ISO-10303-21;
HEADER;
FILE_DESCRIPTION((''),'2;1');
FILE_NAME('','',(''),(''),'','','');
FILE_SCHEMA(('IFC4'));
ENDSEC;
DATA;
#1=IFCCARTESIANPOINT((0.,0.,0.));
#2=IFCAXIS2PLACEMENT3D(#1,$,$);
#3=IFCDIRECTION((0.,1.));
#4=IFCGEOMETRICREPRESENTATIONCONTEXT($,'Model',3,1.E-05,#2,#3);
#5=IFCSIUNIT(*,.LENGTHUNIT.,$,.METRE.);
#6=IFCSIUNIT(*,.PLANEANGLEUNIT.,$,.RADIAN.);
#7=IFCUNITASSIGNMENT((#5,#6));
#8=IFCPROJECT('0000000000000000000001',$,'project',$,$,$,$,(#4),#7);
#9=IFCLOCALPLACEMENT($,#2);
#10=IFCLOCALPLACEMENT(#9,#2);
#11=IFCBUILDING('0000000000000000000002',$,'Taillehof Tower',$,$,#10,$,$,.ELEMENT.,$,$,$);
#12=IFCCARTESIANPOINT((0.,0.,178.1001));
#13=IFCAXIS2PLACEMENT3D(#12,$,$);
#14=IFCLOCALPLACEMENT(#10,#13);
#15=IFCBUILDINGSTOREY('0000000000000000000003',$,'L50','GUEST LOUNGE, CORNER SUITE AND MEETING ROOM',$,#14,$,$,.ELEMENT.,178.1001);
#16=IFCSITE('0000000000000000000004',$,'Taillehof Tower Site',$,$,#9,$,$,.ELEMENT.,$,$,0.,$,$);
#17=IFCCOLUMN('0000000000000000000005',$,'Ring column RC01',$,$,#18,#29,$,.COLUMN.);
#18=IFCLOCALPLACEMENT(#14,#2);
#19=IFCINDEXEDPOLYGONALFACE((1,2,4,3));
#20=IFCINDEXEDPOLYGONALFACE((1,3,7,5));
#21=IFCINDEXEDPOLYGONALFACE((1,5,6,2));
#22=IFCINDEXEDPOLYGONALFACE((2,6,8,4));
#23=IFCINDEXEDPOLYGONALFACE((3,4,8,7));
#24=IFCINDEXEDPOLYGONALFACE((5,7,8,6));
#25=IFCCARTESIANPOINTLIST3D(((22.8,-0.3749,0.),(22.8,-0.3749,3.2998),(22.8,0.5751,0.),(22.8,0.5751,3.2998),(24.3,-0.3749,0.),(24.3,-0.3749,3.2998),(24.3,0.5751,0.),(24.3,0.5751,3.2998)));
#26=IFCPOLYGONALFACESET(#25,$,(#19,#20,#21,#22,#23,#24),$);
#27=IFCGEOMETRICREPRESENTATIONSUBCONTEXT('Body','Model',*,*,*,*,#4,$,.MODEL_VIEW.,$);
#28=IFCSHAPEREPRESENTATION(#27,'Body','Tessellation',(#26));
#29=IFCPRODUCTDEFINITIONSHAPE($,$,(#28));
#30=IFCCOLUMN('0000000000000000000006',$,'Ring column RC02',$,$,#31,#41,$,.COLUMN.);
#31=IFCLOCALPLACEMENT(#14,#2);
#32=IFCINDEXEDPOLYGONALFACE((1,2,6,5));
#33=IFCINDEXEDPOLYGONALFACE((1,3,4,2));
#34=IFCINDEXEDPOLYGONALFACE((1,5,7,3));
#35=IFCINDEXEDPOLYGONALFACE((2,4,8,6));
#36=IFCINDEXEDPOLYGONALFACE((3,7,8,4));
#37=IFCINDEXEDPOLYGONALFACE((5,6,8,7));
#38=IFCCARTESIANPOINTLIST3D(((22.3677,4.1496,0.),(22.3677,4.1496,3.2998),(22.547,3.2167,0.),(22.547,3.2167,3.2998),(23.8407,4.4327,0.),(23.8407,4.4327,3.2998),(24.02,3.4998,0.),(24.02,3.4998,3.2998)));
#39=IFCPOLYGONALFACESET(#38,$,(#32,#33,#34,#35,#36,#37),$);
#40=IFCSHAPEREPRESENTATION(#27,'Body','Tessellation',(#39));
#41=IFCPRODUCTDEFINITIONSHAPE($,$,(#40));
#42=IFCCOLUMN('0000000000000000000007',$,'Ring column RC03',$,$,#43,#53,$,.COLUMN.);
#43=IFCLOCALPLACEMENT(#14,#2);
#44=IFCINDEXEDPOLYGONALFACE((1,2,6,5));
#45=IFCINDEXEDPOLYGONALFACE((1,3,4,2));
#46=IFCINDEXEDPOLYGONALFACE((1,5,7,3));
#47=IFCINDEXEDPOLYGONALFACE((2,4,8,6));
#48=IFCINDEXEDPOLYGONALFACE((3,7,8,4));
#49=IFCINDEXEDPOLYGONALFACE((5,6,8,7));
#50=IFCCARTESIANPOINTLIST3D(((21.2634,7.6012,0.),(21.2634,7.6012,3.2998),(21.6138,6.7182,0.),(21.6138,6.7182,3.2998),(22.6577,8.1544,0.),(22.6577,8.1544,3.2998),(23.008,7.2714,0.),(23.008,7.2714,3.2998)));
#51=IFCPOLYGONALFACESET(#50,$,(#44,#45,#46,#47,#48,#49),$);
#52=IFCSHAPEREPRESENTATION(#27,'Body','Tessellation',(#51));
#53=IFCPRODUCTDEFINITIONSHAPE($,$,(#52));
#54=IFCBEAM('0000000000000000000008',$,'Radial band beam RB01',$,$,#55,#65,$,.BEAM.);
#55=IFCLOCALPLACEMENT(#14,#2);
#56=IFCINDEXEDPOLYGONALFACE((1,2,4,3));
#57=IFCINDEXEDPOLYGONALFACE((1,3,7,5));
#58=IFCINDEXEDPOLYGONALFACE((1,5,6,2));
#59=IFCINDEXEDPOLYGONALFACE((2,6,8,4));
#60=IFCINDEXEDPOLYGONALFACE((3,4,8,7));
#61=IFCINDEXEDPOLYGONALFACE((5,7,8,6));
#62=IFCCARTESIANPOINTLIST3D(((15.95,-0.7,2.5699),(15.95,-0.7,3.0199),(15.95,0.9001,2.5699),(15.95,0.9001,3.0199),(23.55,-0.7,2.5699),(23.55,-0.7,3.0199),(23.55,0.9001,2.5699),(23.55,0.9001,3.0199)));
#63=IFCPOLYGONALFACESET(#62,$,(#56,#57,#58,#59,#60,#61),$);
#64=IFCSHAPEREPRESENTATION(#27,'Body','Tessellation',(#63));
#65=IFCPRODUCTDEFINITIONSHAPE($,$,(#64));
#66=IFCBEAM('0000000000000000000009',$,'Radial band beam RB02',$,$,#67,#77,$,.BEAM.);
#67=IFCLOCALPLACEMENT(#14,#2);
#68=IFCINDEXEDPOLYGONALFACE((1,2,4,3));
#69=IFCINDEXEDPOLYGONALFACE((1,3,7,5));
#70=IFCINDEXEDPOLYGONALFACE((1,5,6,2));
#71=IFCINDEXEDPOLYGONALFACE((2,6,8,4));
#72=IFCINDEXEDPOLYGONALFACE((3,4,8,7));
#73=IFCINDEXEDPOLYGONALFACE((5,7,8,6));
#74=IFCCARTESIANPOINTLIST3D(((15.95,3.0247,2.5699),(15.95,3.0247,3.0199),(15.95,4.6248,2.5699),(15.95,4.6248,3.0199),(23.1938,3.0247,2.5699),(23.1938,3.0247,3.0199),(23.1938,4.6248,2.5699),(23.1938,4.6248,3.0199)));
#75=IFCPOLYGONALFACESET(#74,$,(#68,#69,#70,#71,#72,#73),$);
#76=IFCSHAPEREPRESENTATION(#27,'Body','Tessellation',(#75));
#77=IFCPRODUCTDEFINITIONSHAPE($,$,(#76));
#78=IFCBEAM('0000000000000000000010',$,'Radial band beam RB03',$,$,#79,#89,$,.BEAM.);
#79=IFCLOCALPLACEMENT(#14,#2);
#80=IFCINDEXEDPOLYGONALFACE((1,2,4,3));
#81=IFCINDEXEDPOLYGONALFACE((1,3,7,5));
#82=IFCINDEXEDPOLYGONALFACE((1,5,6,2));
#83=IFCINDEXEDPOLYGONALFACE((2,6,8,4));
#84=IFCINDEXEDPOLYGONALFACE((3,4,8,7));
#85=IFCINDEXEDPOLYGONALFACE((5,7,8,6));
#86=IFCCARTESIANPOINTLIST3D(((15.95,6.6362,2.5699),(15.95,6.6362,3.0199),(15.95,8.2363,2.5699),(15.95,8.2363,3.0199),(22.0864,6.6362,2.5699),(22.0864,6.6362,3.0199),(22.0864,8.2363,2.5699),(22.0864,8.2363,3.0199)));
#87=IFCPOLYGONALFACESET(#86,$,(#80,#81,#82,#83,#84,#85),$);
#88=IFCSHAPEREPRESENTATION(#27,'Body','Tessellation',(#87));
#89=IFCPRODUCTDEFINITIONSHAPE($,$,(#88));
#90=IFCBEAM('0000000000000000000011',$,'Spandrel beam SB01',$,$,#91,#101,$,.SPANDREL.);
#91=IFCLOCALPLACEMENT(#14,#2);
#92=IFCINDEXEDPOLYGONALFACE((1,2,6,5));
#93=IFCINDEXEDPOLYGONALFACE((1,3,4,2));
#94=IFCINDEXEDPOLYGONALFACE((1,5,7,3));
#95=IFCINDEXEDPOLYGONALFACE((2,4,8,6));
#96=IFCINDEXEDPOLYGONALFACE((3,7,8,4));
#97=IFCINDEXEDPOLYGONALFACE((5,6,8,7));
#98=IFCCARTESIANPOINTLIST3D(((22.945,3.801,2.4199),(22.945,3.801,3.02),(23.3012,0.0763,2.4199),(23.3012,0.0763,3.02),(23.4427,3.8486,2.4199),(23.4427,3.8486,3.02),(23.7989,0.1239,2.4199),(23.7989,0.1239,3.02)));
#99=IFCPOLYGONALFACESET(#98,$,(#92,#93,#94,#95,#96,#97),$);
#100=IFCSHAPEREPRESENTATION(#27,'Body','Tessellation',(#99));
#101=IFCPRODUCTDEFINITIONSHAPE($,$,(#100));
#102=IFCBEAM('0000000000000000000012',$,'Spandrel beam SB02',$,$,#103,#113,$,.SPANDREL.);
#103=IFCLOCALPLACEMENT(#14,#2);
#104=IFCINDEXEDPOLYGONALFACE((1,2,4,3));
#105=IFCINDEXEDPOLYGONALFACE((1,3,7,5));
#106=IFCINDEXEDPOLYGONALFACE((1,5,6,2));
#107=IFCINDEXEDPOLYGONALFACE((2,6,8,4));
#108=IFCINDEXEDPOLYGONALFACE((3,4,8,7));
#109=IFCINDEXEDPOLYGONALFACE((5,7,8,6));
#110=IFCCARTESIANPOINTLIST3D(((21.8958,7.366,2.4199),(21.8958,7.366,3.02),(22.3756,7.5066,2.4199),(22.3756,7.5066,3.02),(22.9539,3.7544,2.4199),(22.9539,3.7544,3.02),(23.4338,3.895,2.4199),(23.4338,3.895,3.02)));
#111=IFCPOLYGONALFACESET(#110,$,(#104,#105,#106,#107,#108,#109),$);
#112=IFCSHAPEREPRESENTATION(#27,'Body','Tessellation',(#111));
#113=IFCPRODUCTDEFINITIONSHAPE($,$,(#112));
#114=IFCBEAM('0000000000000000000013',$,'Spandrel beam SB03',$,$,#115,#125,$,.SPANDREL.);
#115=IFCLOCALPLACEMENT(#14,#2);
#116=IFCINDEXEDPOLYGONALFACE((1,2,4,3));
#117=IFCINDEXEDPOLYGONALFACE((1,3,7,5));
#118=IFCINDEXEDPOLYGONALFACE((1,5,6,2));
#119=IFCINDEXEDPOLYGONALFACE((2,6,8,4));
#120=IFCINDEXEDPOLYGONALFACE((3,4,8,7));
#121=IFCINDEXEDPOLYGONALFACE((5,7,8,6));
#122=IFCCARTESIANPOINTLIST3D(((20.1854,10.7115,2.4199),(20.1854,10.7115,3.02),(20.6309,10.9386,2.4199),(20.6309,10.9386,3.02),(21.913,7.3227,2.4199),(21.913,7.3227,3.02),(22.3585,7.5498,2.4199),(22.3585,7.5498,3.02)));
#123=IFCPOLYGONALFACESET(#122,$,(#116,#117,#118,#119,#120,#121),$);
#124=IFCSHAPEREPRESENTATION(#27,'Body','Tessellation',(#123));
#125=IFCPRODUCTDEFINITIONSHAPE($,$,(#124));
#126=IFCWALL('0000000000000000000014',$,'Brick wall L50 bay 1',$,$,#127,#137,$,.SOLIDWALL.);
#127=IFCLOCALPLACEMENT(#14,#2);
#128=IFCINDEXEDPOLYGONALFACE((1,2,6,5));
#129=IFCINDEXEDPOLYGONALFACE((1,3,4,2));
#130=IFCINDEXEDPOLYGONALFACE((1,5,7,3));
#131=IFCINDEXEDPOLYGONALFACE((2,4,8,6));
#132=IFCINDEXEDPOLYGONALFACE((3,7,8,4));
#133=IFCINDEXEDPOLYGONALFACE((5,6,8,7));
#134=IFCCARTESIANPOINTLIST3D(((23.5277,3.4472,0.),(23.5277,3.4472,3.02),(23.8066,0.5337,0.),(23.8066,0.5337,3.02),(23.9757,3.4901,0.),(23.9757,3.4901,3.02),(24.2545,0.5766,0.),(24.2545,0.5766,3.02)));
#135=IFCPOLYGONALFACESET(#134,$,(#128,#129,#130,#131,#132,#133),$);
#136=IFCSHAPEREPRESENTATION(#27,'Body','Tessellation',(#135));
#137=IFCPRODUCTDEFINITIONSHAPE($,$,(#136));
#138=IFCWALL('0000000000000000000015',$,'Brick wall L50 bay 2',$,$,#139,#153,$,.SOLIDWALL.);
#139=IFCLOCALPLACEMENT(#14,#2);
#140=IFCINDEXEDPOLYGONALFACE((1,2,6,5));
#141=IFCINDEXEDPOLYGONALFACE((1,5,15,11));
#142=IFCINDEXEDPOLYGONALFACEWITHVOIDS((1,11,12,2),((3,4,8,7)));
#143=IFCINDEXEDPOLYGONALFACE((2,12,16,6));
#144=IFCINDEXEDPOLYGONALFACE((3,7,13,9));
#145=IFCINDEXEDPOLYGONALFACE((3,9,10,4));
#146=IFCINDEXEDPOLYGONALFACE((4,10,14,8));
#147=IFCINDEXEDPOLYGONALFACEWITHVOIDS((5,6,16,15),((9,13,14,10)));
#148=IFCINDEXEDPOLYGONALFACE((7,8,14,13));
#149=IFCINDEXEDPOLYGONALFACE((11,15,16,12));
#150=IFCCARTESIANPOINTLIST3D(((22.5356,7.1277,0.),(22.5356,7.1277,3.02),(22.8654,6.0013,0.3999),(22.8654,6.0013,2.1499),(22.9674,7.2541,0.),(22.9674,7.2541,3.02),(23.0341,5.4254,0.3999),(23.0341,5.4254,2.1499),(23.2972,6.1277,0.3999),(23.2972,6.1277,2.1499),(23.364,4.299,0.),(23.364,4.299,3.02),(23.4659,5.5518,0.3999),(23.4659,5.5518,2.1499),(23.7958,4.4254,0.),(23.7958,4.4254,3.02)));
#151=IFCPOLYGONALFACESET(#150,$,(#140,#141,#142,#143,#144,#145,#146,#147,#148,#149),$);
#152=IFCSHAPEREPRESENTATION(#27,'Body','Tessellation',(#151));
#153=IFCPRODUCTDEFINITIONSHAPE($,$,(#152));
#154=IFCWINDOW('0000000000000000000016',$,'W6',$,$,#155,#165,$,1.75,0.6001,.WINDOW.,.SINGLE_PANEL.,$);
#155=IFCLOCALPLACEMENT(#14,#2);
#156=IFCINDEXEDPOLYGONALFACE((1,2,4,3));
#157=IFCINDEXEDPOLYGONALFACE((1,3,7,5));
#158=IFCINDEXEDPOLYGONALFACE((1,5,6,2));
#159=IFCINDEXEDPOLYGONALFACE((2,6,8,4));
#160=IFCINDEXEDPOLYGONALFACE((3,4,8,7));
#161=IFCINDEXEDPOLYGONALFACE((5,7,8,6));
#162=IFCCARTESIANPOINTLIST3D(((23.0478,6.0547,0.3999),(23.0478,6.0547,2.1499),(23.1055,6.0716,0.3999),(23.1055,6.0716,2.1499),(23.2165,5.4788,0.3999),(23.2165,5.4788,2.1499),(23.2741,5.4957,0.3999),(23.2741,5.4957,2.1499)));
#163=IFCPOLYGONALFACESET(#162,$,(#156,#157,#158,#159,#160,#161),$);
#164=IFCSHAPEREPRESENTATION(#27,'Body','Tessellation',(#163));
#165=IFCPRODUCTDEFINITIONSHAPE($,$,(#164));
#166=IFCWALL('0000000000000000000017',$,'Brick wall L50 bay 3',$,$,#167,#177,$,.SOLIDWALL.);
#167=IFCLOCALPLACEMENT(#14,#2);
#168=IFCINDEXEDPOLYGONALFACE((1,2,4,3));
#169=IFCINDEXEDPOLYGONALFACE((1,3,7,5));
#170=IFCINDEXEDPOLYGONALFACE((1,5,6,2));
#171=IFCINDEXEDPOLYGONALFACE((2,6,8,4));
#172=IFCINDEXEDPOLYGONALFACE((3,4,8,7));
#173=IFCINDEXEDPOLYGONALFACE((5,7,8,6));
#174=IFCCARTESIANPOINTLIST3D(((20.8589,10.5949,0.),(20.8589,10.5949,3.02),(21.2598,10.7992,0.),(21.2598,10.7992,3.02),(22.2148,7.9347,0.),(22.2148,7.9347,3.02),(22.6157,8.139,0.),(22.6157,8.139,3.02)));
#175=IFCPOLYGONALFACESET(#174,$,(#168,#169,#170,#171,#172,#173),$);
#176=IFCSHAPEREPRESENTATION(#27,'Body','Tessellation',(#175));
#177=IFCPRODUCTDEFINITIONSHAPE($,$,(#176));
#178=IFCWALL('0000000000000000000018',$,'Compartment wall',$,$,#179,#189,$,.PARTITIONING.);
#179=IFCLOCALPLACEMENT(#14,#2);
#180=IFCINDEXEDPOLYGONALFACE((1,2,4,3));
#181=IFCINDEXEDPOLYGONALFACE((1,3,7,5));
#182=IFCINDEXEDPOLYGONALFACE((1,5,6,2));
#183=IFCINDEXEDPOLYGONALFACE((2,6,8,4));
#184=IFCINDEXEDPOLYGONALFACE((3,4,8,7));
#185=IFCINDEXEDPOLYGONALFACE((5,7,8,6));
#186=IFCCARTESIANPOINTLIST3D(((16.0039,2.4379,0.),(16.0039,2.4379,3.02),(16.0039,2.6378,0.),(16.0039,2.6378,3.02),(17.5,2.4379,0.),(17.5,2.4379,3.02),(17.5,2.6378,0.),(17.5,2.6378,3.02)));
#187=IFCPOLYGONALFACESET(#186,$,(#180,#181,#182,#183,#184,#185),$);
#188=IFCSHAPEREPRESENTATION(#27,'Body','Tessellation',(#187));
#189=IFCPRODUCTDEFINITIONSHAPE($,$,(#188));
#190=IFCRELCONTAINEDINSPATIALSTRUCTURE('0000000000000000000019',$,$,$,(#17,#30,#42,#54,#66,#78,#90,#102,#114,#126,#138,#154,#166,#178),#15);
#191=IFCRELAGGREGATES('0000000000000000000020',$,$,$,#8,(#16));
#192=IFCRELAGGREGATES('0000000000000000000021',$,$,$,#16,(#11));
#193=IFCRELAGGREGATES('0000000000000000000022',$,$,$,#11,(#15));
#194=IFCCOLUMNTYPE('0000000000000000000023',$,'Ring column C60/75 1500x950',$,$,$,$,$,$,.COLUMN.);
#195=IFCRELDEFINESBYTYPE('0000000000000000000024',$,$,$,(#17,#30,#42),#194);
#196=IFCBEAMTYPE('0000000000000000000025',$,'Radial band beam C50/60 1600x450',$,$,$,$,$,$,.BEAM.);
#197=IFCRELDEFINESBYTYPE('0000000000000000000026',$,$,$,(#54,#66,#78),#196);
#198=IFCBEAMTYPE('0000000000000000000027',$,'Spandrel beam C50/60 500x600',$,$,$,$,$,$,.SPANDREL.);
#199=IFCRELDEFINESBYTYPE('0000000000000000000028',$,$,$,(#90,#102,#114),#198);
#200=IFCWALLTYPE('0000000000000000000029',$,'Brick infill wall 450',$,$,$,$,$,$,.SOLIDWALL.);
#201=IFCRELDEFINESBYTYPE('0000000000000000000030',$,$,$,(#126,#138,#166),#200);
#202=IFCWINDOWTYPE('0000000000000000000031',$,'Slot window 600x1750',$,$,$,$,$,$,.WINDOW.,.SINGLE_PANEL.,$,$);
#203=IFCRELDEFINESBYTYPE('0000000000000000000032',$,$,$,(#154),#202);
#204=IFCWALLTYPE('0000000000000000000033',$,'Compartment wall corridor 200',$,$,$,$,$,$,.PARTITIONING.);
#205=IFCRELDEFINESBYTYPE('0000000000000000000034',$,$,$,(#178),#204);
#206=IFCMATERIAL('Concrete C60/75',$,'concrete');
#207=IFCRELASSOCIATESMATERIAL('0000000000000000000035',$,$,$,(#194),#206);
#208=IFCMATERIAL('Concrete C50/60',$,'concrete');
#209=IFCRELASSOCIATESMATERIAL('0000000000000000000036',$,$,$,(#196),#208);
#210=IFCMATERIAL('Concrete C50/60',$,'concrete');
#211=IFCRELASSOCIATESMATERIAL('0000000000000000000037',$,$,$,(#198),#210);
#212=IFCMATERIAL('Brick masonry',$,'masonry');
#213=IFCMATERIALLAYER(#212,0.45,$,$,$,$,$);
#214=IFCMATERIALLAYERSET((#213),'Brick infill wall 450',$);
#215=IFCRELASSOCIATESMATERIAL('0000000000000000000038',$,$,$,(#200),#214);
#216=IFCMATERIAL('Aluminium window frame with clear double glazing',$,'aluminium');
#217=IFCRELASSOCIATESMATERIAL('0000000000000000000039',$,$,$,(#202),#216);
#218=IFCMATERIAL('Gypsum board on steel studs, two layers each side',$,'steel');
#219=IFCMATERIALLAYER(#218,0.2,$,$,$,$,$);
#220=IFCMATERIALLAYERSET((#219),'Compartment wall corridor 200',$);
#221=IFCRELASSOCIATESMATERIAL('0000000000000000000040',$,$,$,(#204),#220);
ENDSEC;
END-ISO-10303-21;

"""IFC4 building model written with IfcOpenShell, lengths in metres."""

from ifc_helpers import new_model, si_unit, direction, frame, frame_2d, origin, origin_2d, place, context, subcontext, project, spatial, rectangle, extrude, material, layer, layer_set, material_profile, profile_set, type_object, element, fill, save


model = new_model("IFC4")

# Units and contexts
model_context = context("Model", 3, precision=1e-05, world=origin(), true_north=direction((0.0, 1.0)))
body_context = subcontext(model_context, "Body", "Model", "MODEL_VIEW")
ifc_project = project(units=[si_unit("LENGTHUNIT", "METRE"), si_unit("PLANEANGLEUNIT", "RADIAN")], contexts=[model_context])

# Site, building, storey
site_placement = place(None, origin())
site = spatial("IfcSite", under=ifc_project, at=site_placement, Name="Taillehof Tower Site", CompositionType="ELEMENT", RefElevation=0.0)
building_placement = place(site_placement, origin())
building = spatial("IfcBuilding", under=site, at=building_placement, Name="Taillehof Tower", CompositionType="ELEMENT")
storey_placement = place(building_placement, frame((0.0, 0.0, 178.1001)))
storey = spatial("IfcBuildingStorey", under=building, at=storey_placement, Name="L50", Description="GUEST LOUNGE, CORNER SUITE AND MEETING ROOM", CompositionType="ELEMENT", Elevation=178.1001)

# Columns
ifc_material_1 = material(Name="Concrete C60/75", Category="concrete")
ifc_material_profile_1 = material_profile(ifc_material_1, rectangle(XDim=1.5, YDim=0.95, at=origin_2d()), Name="RC 1500x950")
ifc_profile_set_1 = profile_set([ifc_material_profile_1], Name="Concrete C60/75")
column_type = type_object("IfcColumnType", Name="Ring column C60/75 1500x950", PredefinedType="COLUMN", material=ifc_profile_set_1)
for number, where, z_axis, x_axis, name in (
    (1, (23.55, 0.1001, 0.0), (0.0, 0.0, 1.0), (1.0, 0.0, 0.0), "Ring column RC01"),
    (2, (23.1938, 3.8247, 0.0), (0.0, 0.0, 1.0), (0.982024, 0.188757, 0.0), "Ring column RC02"),
    (3, (22.1357, 7.4363, 0.0), (0.0, 0.0, 1.0), (0.929511, 0.368793, 0.0), "Ring column RC03"),
):
    element("IfcColumn", number, at=place(storey_placement, frame(where, z_axis=z_axis, x_axis=x_axis)), inside=storey, type_object=column_type, Name=name, PredefinedType="COLUMN", context=body_context, shape_type="SweptSolid", body=[
        extrude(rectangle(XDim=1.5, YDim=0.95, at=origin_2d()), origin(), (0.0, 0.0, 1.0), 3.2998),
    ])

# Beams
ifc_material_2 = material(Name="Concrete C50/60", Category="concrete")
ifc_material_profile_2 = material_profile(ifc_material_2, rectangle(XDim=1.6001, YDim=0.45, at=origin_2d()), Name="RC 1600x450")
ifc_profile_set_2 = profile_set([ifc_material_profile_2], Name="Concrete C50/60")
beam_type_1 = type_object("IfcBeamType", Name="Radial band beam C50/60 1600x450", PredefinedType="BEAM", material=ifc_profile_set_2)
beam_1_placement = place(storey_placement, frame((23.55, 0.1001, 2.7949), z_axis=(-1.0, 0.0, 0.0), x_axis=(0.0, -1.0, 0.0)))
element("IfcBeam", 4, at=beam_1_placement, inside=storey, type_object=beam_type_1, Name="Radial band beam RB01", PredefinedType="BEAM", context=body_context, shape_type="SweptSolid", body=[
    extrude(rectangle(XDim=1.6001, YDim=0.45, at=origin_2d()), origin(), (0.0, 0.0, 1.0), 7.6001),
])
beam_2_placement = place(storey_placement, frame((23.1938, 3.8247, 2.7949), z_axis=(-1.0, 0.0, 0.0), x_axis=(0.0, -1.0, 0.0)))
element("IfcBeam", 5, at=beam_2_placement, inside=storey, type_object=beam_type_1, Name="Radial band beam RB02", PredefinedType="BEAM", context=body_context, shape_type="SweptSolid", body=[
    extrude(rectangle(XDim=1.6001, YDim=0.45, at=origin_2d()), origin(), (0.0, 0.0, 1.0), 7.2439),
])
beam_3_placement = place(storey_placement, frame((22.0864, 7.4363, 2.7949), z_axis=(-1.0, 0.0, 0.0), x_axis=(0.0, -1.0, 0.0)))
element("IfcBeam", 6, at=beam_3_placement, inside=storey, type_object=beam_type_1, Name="Radial band beam RB03", PredefinedType="BEAM", context=body_context, shape_type="SweptSolid", body=[
    extrude(rectangle(XDim=1.6001, YDim=0.45, at=origin_2d()), origin(), (0.0, 0.0, 1.0), 6.1365),
])
ifc_material_3 = material(Name="Concrete C50/60", Category="concrete")
ifc_material_profile_3 = material_profile(ifc_material_3, rectangle(XDim=0.5, YDim=0.6001, at=origin_2d()), Name="RC 500x600")
ifc_profile_set_3 = profile_set([ifc_material_profile_3], Name="Concrete C50/60")
beam_type_2 = type_object("IfcBeamType", Name="Spandrel beam C50/60 500x600", PredefinedType="SPANDREL", material=ifc_profile_set_3)
beam_4_placement = place(storey_placement, frame((23.55, 0.1001, 2.72), z_axis=(-0.0952, 0.995458, 0.0), x_axis=(-0.995458, -0.0952, 0.0)))
element("IfcBeam", 7, at=beam_4_placement, inside=storey, type_object=beam_type_2, Name="Spandrel beam SB01", PredefinedType="SPANDREL", context=body_context, shape_type="SweptSolid", body=[
    extrude(rectangle(XDim=0.5, YDim=0.6001, at=origin_2d()), origin(), (0.0, 0.0, 1.0), 3.7417),
])
beam_5_placement = place(storey_placement, frame((23.1938, 3.8247, 2.72), z_axis=(-0.281158, 0.959661, 0.0), x_axis=(-0.959661, -0.281158, 0.0)))
element("IfcBeam", 8, at=beam_5_placement, inside=storey, type_object=beam_type_2, Name="Spandrel beam SB02", PredefinedType="SPANDREL", context=body_context, shape_type="SweptSolid", body=[
    extrude(rectangle(XDim=0.5, YDim=0.6001, at=origin_2d()), origin(), (0.0, 0.0, 1.0), 3.7634),
])
beam_6_placement = place(storey_placement, frame((22.1357, 7.4363, 2.72), z_axis=(-0.454183, 0.890908, 0.0), x_axis=(-0.890908, -0.454183, 0.0)))
element("IfcBeam", 9, at=beam_6_placement, inside=storey, type_object=beam_type_2, Name="Spandrel beam SB03", PredefinedType="SPANDREL", context=body_context, shape_type="SweptSolid", body=[
    extrude(rectangle(XDim=0.5, YDim=0.6001, at=origin_2d()), origin(), (0.0, 0.0, 1.0), 3.8037),
])

# Wall
ifc_material_4 = material(Name="Brick masonry", Category="masonry")
ifc_layer_1 = layer(ifc_material_4, 0.45)
ifc_layer_set_1 = layer_set([ifc_layer_1], Name="Brick infill wall 450")
wall_type_1 = type_object("IfcWallType", Name="Brick infill wall 450", PredefinedType="SOLIDWALL", material=ifc_layer_set_1)
wall_1_placement = place(storey_placement, frame((24.0305, 0.5552, 0.0), z_axis=(0.0, 0.0, 1.0), x_axis=(-0.095266, 0.995452, 0.0)))
element("IfcWall", 10, at=wall_1_placement, inside=storey, type_object=wall_type_1, Name="Brick wall L50 bay 1", PredefinedType="SOLIDWALL", context=body_context, shape_type="SweptSolid", body=[
    extrude(rectangle(XDim=2.9268, YDim=0.45, at=frame_2d((1.4634, 0.0))), origin(), (0.0, 0.0, 1.0), 3.02),
])

# Wall, opening, window
wall_2_placement = place(storey_placement, frame((23.5798, 4.3623, 0.0), z_axis=(0.0, 0.0, 1.0), x_axis=(-0.281049, 0.959693, 0.0)))
wall_2 = element("IfcWall", 11, at=wall_2_placement, inside=storey, type_object=wall_type_1, Name="Brick wall L50 bay 2", PredefinedType="SOLIDWALL", context=body_context, shape_type="SweptSolid", body=[
    extrude(rectangle(XDim=2.9475, YDim=0.45, at=frame_2d((1.4736, 0.0))), origin(), (0.0, 0.0, 1.0), 3.02),
])
opening_placement = place(wall_2_placement, frame((1.1736, 0.0, 0.3999)))
opening = element("IfcOpeningElement", 12, at=opening_placement, cuts=wall_2, PredefinedType="OPENING", context=body_context, shape_type="SweptSolid", body=[
    extrude(rectangle(XDim=0.6001, YDim=1.75, at=frame_2d((0.3, 0.875))), frame((0.0, 0.2349, 0.0), z_axis=(0.0, -1.0, 0.0), x_axis=(1.0, 0.0, 0.0)), (0.0, 0.0, 1.0), 0.47),
])
ifc_material_5 = material(Name="Aluminium window frame with clear double glazing", Category="aluminium")
window_type = type_object("IfcWindowType", Name="Slot window 600x1750", PartitioningType="SINGLE_PANEL", PredefinedType="WINDOW", material=ifc_material_5)
window_placement = place(opening_placement, origin())
window = element("IfcWindow", 13, at=window_placement, inside=storey, type_object=window_type, Name="W6", OverallHeight=1.75, OverallWidth=0.6001, PartitioningType="SINGLE_PANEL", PredefinedType="WINDOW", context=body_context, shape_type="SweptSolid", body=[
    extrude(rectangle(XDim=0.6001, YDim=1.75, at=frame_2d((0.3, 0.875))), frame((0.0, 0.0349, 0.0), z_axis=(0.0, -1.0, 0.0), x_axis=(1.0, 0.0, 0.0)), (0.0, 0.0, 1.0), 0.0601),
])
fill(opening, window)

# Walls
wall_3_placement = place(storey_placement, frame((22.4153, 8.0369, 0.0), z_axis=(0.0, 0.0, 1.0), x_axis=(-0.454134, 0.890933, 0.0)))
element("IfcWall", 14, at=wall_3_placement, inside=storey, type_object=wall_type_1, Name="Brick wall L50 bay 3", PredefinedType="SOLIDWALL", context=body_context, shape_type="SweptSolid", body=[
    extrude(rectangle(XDim=2.9858, YDim=0.45, at=frame_2d((1.4929, 0.0))), origin(), (0.0, 0.0, 1.0), 3.02),
])
ifc_material_6 = material(Name="Gypsum board on steel studs, two layers each side", Category="steel")
ifc_layer_2 = layer(ifc_material_6, 0.2)
ifc_layer_set_2 = layer_set([ifc_layer_2], Name="Compartment wall corridor 200")
wall_type_2 = type_object("IfcWallType", Name="Compartment wall corridor 200", PredefinedType="PARTITIONING", material=ifc_layer_set_2)
wall_4_placement = place(storey_placement, frame((17.5, 2.5378, 0.0), z_axis=(0.0, 0.0, 1.0), x_axis=(-1.0, 0.0, 0.0)))
element("IfcWall", 15, at=wall_4_placement, inside=storey, type_object=wall_type_2, Name="Compartment wall", PredefinedType="PARTITIONING", context=body_context, shape_type="SweptSolid", body=[
    extrude(rectangle(XDim=1.4961, YDim=0.2, at=frame_2d((0.748, 0.0))), origin(), (0.0, 0.0, 1.0), 3.02),
])

save(model, "model.ifc")
